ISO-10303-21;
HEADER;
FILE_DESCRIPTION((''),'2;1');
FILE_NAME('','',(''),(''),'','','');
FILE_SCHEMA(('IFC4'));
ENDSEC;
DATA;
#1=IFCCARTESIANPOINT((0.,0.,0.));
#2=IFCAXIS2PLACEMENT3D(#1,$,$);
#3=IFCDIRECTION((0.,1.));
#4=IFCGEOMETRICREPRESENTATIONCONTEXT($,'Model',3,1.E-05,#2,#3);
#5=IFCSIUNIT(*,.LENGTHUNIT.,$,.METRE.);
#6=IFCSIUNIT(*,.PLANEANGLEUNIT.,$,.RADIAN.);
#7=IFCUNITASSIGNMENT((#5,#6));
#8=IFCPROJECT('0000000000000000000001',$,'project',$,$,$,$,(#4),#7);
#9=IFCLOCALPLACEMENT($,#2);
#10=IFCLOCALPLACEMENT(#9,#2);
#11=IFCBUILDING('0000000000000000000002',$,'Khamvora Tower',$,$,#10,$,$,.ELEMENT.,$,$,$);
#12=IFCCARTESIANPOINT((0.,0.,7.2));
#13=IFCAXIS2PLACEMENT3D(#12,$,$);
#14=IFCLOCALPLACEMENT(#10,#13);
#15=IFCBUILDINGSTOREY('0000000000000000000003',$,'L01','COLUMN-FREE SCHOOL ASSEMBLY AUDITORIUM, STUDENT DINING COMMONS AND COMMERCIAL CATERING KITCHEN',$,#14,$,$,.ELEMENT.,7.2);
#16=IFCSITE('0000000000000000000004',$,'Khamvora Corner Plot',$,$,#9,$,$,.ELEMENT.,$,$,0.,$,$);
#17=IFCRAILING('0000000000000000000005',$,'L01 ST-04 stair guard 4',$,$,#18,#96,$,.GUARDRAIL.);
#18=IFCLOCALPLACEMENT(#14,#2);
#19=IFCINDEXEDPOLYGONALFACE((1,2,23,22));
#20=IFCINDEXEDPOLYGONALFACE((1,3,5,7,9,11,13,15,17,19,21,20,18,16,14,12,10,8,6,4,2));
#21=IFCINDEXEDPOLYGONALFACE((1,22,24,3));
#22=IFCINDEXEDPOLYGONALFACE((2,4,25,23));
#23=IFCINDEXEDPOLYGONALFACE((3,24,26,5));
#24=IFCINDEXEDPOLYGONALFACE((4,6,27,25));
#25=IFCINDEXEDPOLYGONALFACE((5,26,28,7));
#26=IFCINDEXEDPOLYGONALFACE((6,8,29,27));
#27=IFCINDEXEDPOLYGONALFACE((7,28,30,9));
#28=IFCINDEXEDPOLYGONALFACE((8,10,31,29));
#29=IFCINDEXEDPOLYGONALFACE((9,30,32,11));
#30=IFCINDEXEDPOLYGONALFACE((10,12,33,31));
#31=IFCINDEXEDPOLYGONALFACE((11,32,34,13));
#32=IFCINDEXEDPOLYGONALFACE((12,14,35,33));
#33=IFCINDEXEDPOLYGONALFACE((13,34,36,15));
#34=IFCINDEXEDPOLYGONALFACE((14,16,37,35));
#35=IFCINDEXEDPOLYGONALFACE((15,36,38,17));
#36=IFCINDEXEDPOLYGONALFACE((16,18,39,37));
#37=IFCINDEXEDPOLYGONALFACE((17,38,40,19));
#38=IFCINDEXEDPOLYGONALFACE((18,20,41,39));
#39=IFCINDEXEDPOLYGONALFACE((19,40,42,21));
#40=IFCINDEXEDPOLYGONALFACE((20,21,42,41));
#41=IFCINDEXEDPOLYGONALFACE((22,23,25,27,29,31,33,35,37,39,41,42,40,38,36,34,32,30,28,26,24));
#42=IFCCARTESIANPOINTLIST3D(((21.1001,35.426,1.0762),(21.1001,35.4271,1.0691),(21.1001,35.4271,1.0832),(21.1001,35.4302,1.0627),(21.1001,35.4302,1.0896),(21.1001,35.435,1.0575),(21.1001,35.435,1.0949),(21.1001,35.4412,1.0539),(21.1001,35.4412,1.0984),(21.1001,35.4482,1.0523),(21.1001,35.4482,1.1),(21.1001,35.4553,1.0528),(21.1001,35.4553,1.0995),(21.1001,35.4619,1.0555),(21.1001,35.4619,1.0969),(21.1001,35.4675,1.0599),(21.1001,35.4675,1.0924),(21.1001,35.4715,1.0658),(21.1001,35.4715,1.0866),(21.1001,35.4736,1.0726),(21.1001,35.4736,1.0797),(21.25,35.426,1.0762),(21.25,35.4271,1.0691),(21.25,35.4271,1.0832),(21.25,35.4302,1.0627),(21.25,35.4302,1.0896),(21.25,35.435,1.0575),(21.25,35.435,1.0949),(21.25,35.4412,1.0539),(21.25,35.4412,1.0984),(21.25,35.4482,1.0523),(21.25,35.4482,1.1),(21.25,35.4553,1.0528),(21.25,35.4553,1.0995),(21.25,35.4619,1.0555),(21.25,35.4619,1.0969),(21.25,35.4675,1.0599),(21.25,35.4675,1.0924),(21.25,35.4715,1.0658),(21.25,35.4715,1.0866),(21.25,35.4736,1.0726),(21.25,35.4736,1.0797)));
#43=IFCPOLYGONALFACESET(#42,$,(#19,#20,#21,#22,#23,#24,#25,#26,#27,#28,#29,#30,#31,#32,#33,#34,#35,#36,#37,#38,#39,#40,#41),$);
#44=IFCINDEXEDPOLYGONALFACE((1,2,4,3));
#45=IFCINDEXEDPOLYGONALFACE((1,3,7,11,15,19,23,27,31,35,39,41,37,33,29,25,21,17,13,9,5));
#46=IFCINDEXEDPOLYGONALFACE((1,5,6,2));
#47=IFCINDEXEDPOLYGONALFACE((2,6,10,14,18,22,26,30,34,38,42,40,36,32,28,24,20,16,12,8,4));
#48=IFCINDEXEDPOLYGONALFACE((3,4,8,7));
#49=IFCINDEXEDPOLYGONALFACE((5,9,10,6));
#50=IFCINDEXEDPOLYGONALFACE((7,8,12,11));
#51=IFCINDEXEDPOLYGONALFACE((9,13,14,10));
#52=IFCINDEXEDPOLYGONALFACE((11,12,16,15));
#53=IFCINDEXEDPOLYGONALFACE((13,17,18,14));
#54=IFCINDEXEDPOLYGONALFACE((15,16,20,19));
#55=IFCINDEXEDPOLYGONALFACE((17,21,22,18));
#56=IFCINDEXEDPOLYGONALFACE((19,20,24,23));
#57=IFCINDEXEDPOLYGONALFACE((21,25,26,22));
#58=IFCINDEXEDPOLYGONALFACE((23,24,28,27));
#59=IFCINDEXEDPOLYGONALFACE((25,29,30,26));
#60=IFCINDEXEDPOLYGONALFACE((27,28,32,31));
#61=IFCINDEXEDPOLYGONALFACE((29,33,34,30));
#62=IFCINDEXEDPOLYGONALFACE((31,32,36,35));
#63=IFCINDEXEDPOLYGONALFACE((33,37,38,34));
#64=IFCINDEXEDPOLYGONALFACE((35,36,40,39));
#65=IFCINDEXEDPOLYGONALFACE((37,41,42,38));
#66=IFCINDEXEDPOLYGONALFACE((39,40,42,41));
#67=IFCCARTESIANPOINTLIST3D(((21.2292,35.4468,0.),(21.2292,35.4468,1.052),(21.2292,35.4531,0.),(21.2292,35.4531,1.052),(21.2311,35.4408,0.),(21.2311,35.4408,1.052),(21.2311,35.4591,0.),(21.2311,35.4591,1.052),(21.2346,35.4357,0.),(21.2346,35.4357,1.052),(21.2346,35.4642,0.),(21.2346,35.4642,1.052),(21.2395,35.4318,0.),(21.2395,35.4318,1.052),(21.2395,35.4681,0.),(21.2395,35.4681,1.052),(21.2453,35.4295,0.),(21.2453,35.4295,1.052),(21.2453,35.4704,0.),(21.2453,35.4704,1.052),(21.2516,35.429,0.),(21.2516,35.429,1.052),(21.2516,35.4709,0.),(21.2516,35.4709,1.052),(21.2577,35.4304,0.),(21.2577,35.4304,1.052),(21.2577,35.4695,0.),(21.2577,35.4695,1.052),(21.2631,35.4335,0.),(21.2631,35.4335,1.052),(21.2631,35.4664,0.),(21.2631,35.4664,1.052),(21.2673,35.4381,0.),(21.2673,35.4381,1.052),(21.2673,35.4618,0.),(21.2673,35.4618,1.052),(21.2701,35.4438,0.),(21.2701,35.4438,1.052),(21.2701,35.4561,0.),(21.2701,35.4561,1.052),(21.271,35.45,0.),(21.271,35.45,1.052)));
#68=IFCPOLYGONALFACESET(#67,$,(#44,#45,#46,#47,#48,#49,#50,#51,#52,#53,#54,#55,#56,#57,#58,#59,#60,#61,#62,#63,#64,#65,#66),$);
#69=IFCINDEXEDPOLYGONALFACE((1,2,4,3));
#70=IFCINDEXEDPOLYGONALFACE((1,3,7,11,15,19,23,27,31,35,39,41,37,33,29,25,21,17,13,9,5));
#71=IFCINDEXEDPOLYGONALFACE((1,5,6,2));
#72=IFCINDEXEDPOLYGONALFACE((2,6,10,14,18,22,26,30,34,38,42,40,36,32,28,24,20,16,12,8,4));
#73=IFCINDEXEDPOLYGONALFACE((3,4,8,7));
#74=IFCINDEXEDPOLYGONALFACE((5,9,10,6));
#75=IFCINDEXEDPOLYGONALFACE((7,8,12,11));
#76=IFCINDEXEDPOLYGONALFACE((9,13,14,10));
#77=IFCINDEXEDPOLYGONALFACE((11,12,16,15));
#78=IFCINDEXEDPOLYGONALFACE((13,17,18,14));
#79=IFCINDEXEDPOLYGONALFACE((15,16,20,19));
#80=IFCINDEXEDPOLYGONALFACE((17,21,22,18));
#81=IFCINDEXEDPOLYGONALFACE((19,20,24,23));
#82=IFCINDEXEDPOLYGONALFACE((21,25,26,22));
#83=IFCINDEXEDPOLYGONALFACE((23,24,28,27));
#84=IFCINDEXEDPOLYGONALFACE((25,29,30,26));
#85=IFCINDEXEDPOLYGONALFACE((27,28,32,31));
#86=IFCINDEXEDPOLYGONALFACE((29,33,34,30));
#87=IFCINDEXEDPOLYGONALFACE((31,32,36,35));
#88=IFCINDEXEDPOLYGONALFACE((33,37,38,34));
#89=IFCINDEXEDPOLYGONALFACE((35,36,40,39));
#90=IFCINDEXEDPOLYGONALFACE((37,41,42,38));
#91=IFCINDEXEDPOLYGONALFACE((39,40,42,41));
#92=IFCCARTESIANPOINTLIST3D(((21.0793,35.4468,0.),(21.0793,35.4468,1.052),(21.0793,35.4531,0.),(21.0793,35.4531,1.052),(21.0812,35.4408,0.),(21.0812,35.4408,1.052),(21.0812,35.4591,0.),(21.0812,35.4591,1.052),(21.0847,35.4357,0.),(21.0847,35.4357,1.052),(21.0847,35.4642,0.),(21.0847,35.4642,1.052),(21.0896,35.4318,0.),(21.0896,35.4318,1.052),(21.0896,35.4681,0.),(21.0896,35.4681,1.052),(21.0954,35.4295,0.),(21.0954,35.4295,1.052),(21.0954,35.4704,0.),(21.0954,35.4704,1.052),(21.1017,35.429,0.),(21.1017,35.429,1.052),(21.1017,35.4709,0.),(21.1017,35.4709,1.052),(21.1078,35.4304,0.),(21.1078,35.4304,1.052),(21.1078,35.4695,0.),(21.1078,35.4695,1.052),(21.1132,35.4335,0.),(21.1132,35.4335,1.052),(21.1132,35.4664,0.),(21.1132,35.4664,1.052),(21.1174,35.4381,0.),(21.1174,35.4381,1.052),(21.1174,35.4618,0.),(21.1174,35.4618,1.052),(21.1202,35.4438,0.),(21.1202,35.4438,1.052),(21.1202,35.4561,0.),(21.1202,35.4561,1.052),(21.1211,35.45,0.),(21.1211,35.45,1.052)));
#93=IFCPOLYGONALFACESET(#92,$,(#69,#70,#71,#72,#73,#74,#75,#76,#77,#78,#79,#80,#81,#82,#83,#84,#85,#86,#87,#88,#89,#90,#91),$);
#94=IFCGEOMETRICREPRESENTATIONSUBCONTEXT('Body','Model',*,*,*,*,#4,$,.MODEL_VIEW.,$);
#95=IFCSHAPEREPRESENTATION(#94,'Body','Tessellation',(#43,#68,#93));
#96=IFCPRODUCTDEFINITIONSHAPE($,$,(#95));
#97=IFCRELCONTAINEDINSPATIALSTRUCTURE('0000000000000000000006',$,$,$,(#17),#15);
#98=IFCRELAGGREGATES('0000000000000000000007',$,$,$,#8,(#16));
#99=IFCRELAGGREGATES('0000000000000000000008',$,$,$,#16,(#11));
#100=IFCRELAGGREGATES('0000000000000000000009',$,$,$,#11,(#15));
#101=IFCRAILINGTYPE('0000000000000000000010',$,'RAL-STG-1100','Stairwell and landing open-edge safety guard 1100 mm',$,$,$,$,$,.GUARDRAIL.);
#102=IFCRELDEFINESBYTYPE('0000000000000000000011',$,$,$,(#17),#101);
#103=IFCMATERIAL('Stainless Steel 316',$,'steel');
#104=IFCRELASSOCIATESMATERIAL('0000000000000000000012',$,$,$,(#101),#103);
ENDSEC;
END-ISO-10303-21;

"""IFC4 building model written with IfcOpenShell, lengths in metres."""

from ifc_helpers import new_model, si_unit, direction, frame, origin, origin_2d, place, context, subcontext, project, spatial, circle, extrude, material, type_object, element, save


model = new_model("IFC4")

# Units and contexts
model_context = context("Model", 3, precision=1e-05, world=origin(), true_north=direction((0.0, 1.0)))
body_context = subcontext(model_context, "Body", "Model", "MODEL_VIEW")
ifc_project = project(units=[si_unit("LENGTHUNIT", "METRE"), si_unit("PLANEANGLEUNIT", "RADIAN")], contexts=[model_context])

# Site, building, storey
site_placement = place(None, origin())
site = spatial("IfcSite", under=ifc_project, at=site_placement, Name="Khamvora Corner Plot", CompositionType="ELEMENT", RefElevation=0.0)
building_placement = place(site_placement, origin())
building = spatial("IfcBuilding", under=site, at=building_placement, Name="Khamvora Tower", CompositionType="ELEMENT")
storey_placement = place(building_placement, frame((0.0, 0.0, 7.2)))
storey = spatial("IfcBuildingStorey", under=building, at=storey_placement, Name="L01", Description="COLUMN-FREE SCHOOL ASSEMBLY AUDITORIUM, STUDENT DINING COMMONS AND COMMERCIAL CATERING KITCHEN", CompositionType="ELEMENT", Elevation=7.2)

# Railing
ifc_material_1 = material(Name="Stainless Steel 316", Category="steel")
railing_type_1 = type_object("IfcRailingType", Name="RAL-STG-1100", Description="Stairwell and landing open-edge safety guard 1100 mm", PredefinedType="GUARDRAIL", material=ifc_material_1)
railing_1_placement = place(storey_placement, frame((21.25, 35.45, 0.0)))
element("IfcRailing", 1, at=railing_1_placement, inside=storey, type_object=railing_type_1, Name="L01 ST-04 stair guard 4", PredefinedType="GUARDRAIL", context=body_context, shape_type="SweptSolid", body=[
    extrude(circle(Radius=0.0239, at=origin_2d()), frame((0.0, 0.0, 1.0762), z_axis=(-1.0, 0.0, 0.0), x_axis=(0.0, -1.0, 0.0)), (0.0, 0.0, 1.0), 0.1499),
    extrude(circle(Radius=0.021, at=origin_2d()), origin(), (0.0, 0.0, 1.0), 1.052),
    extrude(circle(Radius=0.021, at=origin_2d()), frame((-0.1499, 0.0, 0.0)), (0.0, 0.0, 1.0), 1.052),
])

save(model, "model.ifc")
